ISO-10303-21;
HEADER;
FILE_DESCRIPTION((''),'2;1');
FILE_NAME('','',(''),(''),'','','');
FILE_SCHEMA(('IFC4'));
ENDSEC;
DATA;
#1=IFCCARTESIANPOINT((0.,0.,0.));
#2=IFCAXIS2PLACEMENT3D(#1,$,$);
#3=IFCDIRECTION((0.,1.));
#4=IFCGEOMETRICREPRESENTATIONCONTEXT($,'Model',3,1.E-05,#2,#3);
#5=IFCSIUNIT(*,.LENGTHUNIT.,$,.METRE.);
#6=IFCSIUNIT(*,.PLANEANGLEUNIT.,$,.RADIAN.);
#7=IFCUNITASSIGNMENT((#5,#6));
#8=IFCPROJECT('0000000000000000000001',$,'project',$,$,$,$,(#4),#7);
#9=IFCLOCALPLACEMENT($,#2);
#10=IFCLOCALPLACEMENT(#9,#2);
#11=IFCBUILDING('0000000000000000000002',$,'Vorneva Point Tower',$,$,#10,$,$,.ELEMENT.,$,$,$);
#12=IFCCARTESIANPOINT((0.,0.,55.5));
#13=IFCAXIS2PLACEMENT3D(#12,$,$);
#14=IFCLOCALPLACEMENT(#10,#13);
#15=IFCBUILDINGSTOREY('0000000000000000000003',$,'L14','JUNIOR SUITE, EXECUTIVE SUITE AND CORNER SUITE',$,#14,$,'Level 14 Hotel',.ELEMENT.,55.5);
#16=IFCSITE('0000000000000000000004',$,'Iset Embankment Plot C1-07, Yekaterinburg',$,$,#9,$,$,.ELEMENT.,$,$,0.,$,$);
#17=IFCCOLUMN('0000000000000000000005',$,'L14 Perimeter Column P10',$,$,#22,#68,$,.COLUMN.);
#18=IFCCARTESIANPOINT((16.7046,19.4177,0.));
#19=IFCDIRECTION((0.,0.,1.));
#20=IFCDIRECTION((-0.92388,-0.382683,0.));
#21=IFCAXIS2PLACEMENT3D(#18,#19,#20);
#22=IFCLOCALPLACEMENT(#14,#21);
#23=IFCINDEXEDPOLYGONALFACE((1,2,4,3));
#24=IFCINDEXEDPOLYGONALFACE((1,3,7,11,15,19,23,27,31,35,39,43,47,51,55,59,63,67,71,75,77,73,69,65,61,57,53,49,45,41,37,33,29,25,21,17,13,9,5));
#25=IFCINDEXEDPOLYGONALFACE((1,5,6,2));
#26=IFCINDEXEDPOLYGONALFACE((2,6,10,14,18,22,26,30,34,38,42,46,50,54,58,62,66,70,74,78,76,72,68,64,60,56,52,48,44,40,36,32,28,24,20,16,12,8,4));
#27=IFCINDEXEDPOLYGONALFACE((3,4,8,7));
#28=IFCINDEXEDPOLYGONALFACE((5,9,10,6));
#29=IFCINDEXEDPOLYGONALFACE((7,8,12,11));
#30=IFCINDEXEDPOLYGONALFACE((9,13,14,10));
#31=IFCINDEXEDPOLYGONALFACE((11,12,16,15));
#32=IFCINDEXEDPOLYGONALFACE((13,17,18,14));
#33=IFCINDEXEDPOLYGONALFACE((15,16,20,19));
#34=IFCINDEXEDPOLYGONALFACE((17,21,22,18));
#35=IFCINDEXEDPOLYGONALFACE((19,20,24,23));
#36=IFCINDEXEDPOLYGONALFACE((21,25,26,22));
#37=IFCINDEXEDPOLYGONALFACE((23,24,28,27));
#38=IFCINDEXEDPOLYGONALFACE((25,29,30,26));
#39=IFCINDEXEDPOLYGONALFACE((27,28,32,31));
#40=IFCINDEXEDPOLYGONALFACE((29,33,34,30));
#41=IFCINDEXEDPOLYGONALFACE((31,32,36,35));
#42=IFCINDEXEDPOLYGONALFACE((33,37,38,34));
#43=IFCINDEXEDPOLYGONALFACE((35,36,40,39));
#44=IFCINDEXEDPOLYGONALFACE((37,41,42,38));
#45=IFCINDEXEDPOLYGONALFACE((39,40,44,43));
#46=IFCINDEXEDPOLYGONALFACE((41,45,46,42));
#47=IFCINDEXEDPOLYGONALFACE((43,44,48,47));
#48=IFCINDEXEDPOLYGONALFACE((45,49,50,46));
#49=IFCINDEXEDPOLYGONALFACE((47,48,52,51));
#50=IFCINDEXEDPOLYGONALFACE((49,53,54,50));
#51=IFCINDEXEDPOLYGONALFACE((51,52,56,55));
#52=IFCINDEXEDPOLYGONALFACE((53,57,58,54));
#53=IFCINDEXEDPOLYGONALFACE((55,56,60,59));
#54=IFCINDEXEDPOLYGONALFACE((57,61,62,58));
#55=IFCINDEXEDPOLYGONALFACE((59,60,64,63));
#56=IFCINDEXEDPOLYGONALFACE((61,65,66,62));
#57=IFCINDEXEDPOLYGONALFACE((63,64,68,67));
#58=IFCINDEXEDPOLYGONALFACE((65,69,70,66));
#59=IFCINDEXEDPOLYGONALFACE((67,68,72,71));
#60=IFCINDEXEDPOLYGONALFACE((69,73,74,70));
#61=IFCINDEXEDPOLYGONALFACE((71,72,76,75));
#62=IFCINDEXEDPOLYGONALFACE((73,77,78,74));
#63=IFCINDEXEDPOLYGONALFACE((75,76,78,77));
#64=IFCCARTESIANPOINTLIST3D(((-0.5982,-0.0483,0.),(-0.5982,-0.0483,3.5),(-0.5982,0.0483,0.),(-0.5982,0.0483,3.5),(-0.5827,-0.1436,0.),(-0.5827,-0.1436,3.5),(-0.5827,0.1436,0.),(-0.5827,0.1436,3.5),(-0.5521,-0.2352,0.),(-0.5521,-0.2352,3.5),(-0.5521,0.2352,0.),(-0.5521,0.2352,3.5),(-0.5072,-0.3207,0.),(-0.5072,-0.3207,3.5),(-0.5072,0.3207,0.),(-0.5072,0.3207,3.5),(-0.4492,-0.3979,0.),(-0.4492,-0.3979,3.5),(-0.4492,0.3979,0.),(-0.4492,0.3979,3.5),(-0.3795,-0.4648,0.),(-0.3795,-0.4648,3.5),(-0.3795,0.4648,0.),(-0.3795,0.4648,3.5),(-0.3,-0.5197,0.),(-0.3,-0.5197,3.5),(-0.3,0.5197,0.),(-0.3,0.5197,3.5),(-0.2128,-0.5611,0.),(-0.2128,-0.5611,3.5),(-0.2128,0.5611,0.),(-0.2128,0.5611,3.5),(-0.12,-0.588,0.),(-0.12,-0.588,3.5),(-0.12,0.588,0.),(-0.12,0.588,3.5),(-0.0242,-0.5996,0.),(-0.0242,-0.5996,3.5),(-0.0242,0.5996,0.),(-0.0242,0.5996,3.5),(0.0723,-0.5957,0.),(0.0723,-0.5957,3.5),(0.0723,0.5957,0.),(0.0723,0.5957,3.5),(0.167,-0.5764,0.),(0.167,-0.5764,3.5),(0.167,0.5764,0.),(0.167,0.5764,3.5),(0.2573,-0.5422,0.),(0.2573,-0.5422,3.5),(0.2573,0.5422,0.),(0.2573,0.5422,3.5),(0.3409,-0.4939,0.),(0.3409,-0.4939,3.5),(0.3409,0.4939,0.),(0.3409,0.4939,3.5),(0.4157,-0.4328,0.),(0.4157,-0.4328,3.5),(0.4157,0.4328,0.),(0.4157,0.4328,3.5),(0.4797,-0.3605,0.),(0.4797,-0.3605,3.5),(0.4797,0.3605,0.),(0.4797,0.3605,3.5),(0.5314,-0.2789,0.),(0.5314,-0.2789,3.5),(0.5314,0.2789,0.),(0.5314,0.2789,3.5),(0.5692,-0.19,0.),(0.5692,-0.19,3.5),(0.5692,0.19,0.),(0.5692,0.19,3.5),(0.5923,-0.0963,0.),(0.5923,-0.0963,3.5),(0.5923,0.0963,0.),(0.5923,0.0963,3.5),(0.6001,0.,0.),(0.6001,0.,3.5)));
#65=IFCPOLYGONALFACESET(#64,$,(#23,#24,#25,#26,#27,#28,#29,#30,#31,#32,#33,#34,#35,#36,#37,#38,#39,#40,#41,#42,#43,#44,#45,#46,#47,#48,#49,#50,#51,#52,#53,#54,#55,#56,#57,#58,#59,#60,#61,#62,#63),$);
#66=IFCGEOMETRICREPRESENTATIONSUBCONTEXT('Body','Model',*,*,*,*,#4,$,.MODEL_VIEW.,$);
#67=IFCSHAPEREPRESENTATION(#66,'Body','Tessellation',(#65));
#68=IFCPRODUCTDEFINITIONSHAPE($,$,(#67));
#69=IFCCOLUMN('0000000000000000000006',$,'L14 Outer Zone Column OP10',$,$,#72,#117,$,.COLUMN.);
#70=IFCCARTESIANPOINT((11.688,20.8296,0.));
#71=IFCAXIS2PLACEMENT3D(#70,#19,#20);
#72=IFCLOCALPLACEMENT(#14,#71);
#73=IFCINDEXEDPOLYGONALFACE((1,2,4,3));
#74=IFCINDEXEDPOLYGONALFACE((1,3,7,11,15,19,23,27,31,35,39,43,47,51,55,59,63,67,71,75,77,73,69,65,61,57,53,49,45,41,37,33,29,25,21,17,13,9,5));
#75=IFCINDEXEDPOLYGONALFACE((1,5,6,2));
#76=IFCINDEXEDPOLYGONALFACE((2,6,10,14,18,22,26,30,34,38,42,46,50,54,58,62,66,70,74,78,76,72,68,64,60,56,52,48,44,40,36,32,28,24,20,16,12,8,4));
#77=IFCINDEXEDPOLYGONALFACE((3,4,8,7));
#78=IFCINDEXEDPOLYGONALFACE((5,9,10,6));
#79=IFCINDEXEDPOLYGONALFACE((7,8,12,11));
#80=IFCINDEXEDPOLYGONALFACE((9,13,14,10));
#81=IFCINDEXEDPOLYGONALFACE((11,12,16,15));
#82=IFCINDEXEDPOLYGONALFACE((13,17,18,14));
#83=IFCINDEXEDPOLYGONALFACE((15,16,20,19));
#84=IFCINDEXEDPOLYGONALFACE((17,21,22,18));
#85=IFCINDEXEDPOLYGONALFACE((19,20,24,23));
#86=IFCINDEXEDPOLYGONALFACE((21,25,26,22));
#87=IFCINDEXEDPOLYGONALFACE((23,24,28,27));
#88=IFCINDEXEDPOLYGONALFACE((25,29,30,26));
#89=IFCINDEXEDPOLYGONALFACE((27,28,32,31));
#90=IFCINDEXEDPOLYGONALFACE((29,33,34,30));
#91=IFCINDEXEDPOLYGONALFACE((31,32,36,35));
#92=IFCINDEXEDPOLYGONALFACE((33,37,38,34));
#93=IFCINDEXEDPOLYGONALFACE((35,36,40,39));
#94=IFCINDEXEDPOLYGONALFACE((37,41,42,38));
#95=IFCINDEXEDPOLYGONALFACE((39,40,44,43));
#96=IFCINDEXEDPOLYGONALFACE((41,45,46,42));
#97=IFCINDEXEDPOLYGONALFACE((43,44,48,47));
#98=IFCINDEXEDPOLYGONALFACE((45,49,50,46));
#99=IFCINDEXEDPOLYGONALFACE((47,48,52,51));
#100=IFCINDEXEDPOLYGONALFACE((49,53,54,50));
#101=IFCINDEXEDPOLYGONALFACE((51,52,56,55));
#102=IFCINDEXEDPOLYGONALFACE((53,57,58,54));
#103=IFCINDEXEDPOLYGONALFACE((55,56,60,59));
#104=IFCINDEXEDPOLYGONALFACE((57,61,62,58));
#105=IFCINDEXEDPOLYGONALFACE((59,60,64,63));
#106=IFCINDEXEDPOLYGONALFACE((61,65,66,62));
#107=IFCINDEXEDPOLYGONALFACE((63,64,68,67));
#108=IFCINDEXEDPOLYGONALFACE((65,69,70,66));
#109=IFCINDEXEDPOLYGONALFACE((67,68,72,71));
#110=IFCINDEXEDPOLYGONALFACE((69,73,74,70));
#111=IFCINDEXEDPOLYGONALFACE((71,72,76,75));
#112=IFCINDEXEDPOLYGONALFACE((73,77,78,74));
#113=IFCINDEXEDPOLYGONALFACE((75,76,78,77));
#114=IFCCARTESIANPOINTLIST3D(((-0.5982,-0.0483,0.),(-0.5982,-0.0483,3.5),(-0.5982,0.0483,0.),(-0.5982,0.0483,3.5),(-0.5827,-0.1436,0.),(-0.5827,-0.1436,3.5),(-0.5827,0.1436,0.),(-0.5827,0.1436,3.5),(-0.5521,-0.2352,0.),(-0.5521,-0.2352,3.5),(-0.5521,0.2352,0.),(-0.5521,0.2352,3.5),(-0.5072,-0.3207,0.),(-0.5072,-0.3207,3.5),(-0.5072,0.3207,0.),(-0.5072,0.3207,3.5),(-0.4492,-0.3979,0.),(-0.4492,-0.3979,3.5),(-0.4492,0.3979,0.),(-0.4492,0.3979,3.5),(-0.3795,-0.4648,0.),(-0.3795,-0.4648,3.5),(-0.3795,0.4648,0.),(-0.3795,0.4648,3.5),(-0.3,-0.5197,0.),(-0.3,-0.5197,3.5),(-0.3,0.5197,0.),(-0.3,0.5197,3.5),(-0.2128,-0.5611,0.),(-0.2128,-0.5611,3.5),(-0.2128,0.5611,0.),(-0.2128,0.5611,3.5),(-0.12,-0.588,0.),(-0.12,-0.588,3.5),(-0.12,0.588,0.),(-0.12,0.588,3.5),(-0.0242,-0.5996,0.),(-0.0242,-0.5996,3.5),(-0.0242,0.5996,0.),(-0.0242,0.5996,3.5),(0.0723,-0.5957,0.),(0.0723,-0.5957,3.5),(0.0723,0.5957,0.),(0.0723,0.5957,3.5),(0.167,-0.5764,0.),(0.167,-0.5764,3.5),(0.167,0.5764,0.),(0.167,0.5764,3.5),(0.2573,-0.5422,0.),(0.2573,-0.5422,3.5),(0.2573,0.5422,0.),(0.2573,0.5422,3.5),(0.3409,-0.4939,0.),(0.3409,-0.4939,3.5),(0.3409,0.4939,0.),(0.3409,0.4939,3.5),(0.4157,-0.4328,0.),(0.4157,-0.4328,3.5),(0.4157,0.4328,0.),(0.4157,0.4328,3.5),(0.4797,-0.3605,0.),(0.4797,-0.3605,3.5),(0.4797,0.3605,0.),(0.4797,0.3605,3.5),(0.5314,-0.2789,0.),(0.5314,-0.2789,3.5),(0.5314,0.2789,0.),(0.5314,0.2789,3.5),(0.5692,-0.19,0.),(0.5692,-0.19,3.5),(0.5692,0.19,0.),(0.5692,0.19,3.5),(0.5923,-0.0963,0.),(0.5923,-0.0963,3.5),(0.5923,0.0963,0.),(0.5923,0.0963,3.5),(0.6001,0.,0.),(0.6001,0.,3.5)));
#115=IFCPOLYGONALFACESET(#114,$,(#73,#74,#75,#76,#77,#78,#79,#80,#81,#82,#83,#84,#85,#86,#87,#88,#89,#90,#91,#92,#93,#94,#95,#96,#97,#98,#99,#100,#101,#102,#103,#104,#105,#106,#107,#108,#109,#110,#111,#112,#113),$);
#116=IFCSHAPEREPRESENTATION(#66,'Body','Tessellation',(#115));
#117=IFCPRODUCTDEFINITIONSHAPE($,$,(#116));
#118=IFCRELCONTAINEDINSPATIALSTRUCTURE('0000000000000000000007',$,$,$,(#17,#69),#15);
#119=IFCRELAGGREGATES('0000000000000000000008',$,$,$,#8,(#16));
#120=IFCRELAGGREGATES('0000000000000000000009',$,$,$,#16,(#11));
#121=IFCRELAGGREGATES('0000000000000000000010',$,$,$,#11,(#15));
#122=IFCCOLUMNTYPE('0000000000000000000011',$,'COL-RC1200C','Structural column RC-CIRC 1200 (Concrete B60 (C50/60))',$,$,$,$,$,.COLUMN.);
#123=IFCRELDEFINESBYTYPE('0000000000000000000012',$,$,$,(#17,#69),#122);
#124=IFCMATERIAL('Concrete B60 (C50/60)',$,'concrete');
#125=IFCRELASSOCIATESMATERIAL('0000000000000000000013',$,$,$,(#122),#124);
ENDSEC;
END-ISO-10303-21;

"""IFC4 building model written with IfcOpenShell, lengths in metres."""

from ifc_helpers import new_model, si_unit, direction, frame, origin, origin_2d, place, context, subcontext, project, spatial, circle, extrude, material, material_profile, profile_set, type_object, element, save


model = new_model("IFC4")

# Units and contexts
model_context = context("Model", 3, precision=1e-05, world=origin(), true_north=direction((0.0, 1.0)))
body_context = subcontext(model_context, "Body", "Model", "MODEL_VIEW")
ifc_project = project(units=[si_unit("LENGTHUNIT", "METRE"), si_unit("PLANEANGLEUNIT", "RADIAN")], contexts=[model_context])

# Site, building, storey
site_placement = place(None, origin())
site = spatial("IfcSite", under=ifc_project, at=site_placement, Name="Iset Embankment Plot C1-07, Yekaterinburg", CompositionType="ELEMENT", RefElevation=0.0)
building_placement = place(site_placement, origin())
building = spatial("IfcBuilding", under=site, at=building_placement, Name="Vorneva Point Tower", CompositionType="ELEMENT")
storey_placement = place(building_placement, frame((0.0, 0.0, 55.5)))
storey = spatial("IfcBuildingStorey", under=building, at=storey_placement, Name="L14", Description="JUNIOR SUITE, EXECUTIVE SUITE AND CORNER SUITE", LongName="Level 14 Hotel", CompositionType="ELEMENT", Elevation=55.5)

# Columns
ifc_material_1 = material(Name="Concrete B60 (C50/60)", Category="concrete")
ifc_material_profile_1 = material_profile(ifc_material_1, circle(Radius=0.6001, at=origin_2d()), Name="RC-CIRC 1200")
ifc_profile_set_1 = profile_set([ifc_material_profile_1], Name="Concrete B60 (C50/60)")
column_type = type_object("IfcColumnType", Name="COL-RC1200C", Description="Structural column RC-CIRC 1200 (Concrete B60 (C50/60))", PredefinedType="COLUMN", material=ifc_profile_set_1)
for number, where, z_axis, x_axis, name in (
    (1, (16.7046, 19.4177, 0.0), (0.0, 0.0, 1.0), (-0.92388, -0.382683, 0.0), "L14 Perimeter Column P10"),
    (2, (11.688, 20.8296, 0.0), (0.0, 0.0, 1.0), (-0.92388, -0.382683, 0.0), "L14 Outer Zone Column OP10"),
):
    element("IfcColumn", number, at=place(storey_placement, frame(where, z_axis=z_axis, x_axis=x_axis)), inside=storey, type_object=column_type, Name=name, PredefinedType="COLUMN", context=body_context, shape_type="SweptSolid", body=[
        extrude(circle(Radius=0.6001, at=origin_2d()), origin(), (0.0, 0.0, 1.0), 3.5),
    ])

save(model, "model.ifc")
